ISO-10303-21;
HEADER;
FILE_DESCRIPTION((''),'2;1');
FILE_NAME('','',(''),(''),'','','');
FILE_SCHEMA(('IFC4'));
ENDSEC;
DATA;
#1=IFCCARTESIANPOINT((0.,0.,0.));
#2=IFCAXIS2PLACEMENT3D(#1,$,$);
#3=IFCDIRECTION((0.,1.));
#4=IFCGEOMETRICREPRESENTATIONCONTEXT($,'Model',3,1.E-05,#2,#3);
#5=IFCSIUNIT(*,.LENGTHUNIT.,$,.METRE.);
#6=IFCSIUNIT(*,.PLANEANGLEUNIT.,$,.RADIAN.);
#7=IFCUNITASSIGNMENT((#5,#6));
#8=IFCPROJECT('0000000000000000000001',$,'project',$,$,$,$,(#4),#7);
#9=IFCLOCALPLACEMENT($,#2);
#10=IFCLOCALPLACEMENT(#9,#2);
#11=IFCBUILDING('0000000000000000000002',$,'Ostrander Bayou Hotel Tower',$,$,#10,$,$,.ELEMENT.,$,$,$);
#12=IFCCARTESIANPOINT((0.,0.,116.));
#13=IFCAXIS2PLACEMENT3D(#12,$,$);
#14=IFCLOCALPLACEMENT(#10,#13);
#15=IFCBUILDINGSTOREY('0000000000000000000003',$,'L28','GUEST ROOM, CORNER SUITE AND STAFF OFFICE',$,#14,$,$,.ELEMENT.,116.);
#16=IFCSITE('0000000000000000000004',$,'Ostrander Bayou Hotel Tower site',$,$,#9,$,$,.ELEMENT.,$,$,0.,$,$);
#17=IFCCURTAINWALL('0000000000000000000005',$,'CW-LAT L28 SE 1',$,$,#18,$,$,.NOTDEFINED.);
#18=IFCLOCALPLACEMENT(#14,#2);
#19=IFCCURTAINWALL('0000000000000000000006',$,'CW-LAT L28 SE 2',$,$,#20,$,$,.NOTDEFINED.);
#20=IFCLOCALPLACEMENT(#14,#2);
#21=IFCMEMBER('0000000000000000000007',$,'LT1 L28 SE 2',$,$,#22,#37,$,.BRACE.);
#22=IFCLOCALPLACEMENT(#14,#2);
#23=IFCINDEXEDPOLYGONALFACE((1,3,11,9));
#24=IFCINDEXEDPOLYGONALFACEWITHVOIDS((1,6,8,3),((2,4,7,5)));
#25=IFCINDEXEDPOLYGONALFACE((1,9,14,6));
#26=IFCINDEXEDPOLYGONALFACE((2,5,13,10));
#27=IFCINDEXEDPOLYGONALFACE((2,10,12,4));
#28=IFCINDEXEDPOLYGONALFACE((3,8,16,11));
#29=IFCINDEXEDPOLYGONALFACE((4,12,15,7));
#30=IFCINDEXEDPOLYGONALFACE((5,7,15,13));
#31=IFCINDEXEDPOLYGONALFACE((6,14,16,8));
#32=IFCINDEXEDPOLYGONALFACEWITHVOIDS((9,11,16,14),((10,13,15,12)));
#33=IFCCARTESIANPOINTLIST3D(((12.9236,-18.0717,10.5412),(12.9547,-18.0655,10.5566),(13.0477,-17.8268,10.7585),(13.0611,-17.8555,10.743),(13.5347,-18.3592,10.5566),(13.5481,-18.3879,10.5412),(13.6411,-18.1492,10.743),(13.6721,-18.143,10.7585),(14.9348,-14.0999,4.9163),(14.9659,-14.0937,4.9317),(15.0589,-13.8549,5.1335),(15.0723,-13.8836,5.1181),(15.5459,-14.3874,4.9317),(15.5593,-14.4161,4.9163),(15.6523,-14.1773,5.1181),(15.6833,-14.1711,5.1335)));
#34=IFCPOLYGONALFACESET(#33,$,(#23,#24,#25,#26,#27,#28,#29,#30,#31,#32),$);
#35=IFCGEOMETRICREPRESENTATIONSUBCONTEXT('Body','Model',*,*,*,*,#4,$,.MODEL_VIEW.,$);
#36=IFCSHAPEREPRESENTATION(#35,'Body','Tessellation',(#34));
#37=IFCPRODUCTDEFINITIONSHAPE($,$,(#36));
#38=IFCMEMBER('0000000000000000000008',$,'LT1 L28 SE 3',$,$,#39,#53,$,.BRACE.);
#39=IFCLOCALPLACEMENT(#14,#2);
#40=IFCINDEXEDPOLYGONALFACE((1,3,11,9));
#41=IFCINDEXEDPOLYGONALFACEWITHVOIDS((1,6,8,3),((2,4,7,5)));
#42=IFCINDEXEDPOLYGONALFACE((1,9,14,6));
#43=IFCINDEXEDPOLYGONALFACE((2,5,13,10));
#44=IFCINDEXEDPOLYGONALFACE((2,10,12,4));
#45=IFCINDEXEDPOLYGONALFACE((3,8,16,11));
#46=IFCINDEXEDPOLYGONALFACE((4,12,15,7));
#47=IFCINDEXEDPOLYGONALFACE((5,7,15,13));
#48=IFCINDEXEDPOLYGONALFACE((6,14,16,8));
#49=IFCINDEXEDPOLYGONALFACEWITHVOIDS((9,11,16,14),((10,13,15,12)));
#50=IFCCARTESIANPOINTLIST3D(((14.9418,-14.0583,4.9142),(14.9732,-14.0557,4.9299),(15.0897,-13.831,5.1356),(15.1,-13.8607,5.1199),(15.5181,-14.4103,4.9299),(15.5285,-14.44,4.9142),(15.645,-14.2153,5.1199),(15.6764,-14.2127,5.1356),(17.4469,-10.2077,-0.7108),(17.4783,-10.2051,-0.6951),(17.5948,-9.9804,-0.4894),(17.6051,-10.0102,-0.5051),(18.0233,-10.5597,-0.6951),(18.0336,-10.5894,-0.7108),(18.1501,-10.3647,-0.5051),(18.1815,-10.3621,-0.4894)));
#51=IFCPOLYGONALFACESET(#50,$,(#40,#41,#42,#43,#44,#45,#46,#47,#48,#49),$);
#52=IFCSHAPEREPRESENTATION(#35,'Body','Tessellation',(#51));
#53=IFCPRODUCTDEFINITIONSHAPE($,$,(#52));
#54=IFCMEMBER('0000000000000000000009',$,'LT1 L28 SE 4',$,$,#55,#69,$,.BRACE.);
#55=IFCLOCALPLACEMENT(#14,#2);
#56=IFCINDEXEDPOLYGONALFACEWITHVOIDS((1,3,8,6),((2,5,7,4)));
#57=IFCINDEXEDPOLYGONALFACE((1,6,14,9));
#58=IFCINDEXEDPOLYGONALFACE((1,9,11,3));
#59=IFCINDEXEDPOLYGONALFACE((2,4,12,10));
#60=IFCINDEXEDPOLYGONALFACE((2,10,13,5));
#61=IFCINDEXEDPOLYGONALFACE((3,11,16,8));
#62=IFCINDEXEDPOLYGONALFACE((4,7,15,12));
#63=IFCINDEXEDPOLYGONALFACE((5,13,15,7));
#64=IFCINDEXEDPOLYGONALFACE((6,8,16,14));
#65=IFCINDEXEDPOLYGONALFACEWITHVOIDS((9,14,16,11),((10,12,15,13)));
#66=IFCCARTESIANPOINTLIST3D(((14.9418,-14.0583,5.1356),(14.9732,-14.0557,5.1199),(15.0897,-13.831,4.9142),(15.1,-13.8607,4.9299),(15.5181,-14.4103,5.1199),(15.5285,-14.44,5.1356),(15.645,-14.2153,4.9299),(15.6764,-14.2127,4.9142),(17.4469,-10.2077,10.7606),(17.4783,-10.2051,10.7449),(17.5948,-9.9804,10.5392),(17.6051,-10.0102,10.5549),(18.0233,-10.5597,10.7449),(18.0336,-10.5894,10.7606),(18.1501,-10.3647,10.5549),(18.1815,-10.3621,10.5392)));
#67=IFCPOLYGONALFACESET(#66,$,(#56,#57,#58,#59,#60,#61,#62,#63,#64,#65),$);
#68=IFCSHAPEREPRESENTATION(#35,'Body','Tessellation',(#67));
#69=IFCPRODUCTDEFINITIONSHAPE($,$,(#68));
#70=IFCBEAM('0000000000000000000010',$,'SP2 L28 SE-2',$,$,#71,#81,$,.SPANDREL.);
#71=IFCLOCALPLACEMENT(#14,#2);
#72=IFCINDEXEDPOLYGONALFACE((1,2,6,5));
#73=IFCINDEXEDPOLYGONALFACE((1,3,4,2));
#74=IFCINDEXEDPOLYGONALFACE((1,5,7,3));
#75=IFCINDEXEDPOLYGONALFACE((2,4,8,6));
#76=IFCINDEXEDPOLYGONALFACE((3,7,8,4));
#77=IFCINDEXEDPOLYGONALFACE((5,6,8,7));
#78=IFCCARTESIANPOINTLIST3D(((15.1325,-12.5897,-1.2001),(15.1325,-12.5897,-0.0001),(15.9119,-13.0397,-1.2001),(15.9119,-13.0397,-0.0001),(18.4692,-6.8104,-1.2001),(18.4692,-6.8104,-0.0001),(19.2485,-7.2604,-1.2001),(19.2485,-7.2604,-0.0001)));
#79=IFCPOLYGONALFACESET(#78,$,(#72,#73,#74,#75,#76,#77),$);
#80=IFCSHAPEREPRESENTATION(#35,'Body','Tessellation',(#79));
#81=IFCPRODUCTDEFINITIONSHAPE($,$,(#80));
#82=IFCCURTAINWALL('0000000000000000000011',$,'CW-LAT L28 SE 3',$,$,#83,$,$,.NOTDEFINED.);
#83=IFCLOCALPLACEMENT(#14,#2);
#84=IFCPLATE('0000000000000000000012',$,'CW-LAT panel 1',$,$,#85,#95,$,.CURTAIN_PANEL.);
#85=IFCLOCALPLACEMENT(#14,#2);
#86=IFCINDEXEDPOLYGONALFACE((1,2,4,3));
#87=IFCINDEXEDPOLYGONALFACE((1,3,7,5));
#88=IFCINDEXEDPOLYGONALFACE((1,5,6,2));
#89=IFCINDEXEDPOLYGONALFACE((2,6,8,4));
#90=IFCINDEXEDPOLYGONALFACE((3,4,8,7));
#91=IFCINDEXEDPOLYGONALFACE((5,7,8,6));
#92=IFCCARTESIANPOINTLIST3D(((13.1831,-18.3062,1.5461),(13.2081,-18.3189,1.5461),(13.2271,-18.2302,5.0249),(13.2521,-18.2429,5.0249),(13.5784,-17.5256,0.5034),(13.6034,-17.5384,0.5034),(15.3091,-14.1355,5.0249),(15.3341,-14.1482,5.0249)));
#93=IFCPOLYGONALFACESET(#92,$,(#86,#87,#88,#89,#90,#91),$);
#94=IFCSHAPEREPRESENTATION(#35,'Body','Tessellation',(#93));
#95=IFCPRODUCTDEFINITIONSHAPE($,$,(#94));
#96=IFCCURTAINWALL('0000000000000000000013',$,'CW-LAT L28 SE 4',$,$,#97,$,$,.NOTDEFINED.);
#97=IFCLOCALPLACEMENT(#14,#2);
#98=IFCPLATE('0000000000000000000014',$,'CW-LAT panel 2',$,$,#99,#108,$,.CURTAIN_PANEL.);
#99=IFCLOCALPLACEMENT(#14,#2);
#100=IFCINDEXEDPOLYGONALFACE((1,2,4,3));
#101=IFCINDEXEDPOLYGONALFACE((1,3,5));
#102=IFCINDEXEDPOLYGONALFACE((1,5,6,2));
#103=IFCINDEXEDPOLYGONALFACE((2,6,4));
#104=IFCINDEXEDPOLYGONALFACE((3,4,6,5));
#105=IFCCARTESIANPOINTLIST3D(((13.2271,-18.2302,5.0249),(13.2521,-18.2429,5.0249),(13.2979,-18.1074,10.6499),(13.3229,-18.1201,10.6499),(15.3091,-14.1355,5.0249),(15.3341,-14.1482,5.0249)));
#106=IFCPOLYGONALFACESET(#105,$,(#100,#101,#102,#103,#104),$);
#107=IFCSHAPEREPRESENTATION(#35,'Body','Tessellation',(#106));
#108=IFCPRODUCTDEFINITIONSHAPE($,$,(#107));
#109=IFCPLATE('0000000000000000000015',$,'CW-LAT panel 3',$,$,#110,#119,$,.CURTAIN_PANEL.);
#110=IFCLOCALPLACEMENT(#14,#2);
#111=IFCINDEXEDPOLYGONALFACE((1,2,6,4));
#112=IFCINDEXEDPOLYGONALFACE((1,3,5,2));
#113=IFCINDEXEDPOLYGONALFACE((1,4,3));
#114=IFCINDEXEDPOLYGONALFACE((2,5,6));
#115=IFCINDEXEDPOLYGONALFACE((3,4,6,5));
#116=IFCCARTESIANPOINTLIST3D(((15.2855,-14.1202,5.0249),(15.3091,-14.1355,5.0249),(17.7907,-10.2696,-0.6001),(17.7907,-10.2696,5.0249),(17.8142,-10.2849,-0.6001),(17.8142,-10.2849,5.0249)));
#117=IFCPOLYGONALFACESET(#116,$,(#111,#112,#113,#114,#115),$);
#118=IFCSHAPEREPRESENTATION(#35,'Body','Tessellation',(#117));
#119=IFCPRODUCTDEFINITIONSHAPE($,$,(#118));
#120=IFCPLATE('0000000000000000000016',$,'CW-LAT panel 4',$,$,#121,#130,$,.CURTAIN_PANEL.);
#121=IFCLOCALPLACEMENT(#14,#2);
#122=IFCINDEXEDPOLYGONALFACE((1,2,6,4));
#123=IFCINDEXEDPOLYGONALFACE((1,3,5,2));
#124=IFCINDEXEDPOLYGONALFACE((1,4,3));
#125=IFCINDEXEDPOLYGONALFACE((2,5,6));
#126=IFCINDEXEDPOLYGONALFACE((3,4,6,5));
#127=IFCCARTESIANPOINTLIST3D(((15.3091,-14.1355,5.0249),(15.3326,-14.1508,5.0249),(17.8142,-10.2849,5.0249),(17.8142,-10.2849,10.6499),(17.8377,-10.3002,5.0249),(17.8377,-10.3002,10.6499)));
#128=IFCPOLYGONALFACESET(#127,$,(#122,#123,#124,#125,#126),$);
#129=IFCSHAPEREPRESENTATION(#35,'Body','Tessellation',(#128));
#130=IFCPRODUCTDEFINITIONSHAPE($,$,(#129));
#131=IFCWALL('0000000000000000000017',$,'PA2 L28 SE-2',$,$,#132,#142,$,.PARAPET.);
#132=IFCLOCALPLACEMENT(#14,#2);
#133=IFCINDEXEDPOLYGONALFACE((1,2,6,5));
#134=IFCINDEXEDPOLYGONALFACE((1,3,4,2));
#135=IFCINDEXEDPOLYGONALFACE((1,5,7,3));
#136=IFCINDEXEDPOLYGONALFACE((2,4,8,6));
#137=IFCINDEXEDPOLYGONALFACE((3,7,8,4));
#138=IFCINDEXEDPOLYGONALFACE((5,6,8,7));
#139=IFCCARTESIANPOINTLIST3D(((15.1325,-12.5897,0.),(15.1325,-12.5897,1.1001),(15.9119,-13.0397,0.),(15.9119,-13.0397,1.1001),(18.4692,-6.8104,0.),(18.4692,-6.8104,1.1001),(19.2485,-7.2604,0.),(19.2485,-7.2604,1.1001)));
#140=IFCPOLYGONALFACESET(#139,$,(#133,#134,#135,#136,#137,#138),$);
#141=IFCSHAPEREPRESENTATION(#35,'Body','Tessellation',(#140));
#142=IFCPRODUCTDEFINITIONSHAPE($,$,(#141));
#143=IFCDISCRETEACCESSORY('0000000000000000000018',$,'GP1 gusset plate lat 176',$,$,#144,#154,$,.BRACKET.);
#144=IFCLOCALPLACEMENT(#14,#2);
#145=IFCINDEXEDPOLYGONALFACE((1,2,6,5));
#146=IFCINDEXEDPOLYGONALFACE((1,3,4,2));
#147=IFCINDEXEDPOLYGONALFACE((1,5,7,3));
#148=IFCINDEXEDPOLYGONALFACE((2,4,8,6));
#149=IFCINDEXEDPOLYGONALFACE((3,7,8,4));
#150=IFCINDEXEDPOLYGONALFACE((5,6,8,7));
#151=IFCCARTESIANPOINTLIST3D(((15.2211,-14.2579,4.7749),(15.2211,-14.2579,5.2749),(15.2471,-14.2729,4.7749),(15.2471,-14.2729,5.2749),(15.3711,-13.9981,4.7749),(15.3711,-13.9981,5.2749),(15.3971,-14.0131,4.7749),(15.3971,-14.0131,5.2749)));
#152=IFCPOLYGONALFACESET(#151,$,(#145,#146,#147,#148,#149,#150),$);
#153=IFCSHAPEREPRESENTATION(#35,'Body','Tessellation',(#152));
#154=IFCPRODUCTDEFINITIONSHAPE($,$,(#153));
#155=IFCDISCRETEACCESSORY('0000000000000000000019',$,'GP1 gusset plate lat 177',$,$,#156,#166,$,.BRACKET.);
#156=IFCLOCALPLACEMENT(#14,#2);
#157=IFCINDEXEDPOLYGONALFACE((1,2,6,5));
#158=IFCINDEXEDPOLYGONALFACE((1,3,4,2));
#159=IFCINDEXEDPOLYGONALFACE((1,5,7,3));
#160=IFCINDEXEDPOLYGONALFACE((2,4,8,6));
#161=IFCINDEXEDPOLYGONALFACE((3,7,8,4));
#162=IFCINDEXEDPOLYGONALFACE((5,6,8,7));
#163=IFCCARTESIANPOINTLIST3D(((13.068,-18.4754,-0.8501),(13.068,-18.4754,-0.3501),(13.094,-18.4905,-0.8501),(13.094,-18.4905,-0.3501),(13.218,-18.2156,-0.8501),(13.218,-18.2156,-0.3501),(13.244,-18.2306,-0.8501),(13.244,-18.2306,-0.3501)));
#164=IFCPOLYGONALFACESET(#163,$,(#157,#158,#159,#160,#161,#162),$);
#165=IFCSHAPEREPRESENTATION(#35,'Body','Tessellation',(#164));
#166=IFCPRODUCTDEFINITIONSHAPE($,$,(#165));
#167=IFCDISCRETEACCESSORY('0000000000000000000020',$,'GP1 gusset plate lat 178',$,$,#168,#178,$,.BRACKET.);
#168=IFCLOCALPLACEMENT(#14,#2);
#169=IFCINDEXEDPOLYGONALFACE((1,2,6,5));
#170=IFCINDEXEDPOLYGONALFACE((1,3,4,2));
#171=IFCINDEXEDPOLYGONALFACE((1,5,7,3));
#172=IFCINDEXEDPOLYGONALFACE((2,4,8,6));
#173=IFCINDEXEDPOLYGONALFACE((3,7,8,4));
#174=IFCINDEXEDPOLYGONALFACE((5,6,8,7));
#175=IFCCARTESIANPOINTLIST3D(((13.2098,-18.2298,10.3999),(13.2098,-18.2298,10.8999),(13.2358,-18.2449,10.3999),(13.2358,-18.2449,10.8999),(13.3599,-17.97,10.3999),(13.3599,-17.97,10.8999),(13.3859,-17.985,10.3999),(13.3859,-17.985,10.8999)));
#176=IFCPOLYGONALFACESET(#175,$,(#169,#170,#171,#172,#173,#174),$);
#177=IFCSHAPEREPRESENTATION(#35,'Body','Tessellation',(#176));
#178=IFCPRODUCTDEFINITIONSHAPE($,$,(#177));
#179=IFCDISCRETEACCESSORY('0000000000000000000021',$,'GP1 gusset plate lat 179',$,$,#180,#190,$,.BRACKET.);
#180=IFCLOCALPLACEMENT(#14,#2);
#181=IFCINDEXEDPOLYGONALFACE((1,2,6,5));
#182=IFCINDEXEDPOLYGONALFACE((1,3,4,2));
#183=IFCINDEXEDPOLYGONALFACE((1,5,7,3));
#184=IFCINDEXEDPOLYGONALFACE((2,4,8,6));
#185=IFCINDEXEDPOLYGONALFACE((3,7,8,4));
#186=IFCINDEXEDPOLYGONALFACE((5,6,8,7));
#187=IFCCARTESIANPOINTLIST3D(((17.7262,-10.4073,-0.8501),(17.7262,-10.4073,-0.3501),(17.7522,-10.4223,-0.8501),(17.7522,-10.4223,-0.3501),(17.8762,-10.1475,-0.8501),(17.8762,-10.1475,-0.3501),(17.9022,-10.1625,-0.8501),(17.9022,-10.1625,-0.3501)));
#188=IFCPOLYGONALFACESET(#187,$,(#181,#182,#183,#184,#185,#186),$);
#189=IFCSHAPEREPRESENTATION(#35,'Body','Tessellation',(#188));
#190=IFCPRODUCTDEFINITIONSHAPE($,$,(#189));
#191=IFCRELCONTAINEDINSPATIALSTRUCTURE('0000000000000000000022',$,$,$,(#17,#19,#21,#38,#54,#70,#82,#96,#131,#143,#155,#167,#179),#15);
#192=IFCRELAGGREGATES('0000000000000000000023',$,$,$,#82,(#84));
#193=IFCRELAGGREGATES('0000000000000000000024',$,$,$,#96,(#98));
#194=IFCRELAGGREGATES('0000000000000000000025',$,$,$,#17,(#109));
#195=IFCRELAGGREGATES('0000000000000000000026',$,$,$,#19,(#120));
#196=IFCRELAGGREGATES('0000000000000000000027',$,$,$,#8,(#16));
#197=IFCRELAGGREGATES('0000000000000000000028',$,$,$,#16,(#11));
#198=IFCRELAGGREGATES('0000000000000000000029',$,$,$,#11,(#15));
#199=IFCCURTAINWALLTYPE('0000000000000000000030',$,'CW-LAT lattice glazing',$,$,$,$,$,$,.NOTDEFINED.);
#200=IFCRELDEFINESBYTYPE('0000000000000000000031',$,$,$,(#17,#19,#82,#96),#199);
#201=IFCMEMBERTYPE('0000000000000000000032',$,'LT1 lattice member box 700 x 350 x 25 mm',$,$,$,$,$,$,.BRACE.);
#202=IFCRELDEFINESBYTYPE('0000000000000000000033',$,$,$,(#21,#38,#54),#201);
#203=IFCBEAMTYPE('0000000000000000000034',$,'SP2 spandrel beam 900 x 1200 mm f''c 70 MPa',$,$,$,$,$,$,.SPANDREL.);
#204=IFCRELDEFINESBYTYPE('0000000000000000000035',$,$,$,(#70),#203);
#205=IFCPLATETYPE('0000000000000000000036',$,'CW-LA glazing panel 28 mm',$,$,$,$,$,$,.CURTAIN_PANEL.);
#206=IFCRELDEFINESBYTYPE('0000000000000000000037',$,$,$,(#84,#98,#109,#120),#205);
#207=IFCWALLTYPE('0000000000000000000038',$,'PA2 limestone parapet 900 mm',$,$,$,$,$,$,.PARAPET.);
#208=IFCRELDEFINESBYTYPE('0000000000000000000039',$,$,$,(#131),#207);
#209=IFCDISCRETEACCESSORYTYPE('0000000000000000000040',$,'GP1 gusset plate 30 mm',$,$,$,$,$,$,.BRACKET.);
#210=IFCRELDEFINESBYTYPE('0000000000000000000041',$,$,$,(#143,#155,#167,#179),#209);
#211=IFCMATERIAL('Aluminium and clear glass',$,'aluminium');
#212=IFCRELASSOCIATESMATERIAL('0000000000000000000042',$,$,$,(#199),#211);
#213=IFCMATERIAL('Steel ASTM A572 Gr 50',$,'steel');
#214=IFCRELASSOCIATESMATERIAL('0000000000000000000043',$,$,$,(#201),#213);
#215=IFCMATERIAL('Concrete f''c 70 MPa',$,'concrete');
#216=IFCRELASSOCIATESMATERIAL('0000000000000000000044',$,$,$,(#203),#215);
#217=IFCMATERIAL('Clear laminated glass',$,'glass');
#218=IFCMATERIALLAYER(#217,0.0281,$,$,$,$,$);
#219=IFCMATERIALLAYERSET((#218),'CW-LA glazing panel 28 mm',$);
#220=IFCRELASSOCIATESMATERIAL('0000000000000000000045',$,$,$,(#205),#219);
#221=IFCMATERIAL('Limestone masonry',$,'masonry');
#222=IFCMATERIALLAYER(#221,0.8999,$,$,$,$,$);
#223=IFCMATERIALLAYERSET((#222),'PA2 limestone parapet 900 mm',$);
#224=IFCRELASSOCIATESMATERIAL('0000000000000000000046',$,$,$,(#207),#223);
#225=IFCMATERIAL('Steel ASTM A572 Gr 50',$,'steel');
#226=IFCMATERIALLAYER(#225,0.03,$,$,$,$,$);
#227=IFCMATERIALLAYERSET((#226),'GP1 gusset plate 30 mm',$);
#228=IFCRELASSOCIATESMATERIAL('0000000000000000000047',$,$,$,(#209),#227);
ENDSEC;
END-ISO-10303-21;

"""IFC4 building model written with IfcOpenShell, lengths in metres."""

from ifc_helpers import new_model, si_unit, direction, frame, frame_2d, origin, origin_2d, place, context, subcontext, project, spatial, polyline, rectangle, hollow_rectangle, outline, extrude, material, layer, layer_set, material_profile, profile_set, type_object, element, aggregate, save


model = new_model("IFC4")

# Units and contexts
model_context = context("Model", 3, precision=1e-05, world=origin(), true_north=direction((0.0, 1.0)))
body_context = subcontext(model_context, "Body", "Model", "MODEL_VIEW")
ifc_project = project(units=[si_unit("LENGTHUNIT", "METRE"), si_unit("PLANEANGLEUNIT", "RADIAN")], contexts=[model_context])

# Site, building, storey
site_placement = place(None, origin())
site = spatial("IfcSite", under=ifc_project, at=site_placement, Name="Ostrander Bayou Hotel Tower site", CompositionType="ELEMENT", RefElevation=0.0)
building_placement = place(site_placement, origin())
building = spatial("IfcBuilding", under=site, at=building_placement, Name="Ostrander Bayou Hotel Tower", CompositionType="ELEMENT")
storey_placement = place(building_placement, frame((0.0, 0.0, 116.0)))
storey = spatial("IfcBuildingStorey", under=building, at=storey_placement, Name="L28", Description="GUEST ROOM, CORNER SUITE AND STAFF OFFICE", CompositionType="ELEMENT", Elevation=116.0)

# Curtain walls
ifc_material_1 = material(Name="Aluminium and clear glass", Category="aluminium")
curtain_wall_type = type_object("IfcCurtainWallType", Name="CW-LAT lattice glazing", PredefinedType="NOTDEFINED", material=ifc_material_1)
curtain_wall_1_placement = place(storey_placement, origin())
curtain_wall_1 = element("IfcCurtainWall", 1, at=curtain_wall_1_placement, inside=storey, type_object=curtain_wall_type, Name="CW-LAT L28 SE 1", PredefinedType="NOTDEFINED")
curtain_wall_2_placement = place(storey_placement, origin())
curtain_wall_2 = element("IfcCurtainWall", 2, at=curtain_wall_2_placement, inside=storey, type_object=curtain_wall_type, Name="CW-LAT L28 SE 2", PredefinedType="NOTDEFINED")

# Members
ifc_material_2 = material(Name="Steel ASTM A572 Gr 50", Category="steel")
ifc_material_profile_1 = material_profile(ifc_material_2, hollow_rectangle(XDim=0.7, YDim=0.3501, WallThickness=0.0249, at=origin_2d()))
ifc_profile_set_1 = profile_set([ifc_material_profile_1], Name="Steel ASTM A572 Gr 50")
member_type_1 = type_object("IfcMemberType", Name="LT1 lattice member box 700 x 350 x 25 mm", PredefinedType="BRACE", material=ifc_profile_set_1)
member_1_placement = place(storey_placement, frame((15.3091, -14.1355, 5.0249), z_axis=(-0.280362, -0.553679, 0.784115), x_axis=(0.892145, -0.451748, 0.0)))
element("IfcMember", 3, at=member_1_placement, inside=storey, type_object=member_type_1, Name="LT1 L28 SE 2", PredefinedType="BRACE", context=body_context, shape_type="SweptSolid", body=[
    extrude(hollow_rectangle(XDim=0.7, YDim=0.3501, WallThickness=0.0249, at=origin_2d()), origin(), (0.0, 0.0, 1.0), 7.1736),
])
for number, where, z_axis, x_axis, name in (
    (4, (15.3091, -14.1355, 5.0249), (0.344942, 0.530204, -0.774531), (-0.83822, 0.545332, 0.0), "LT1 L28 SE 3"),
    (5, (15.3091, -14.1355, 5.0249), (0.344942, 0.530204, 0.774531), (-0.83822, 0.545332, 0.0), "LT1 L28 SE 4"),
):
    element("IfcMember", number, at=place(storey_placement, frame(where, z_axis=z_axis, x_axis=x_axis)), inside=storey, type_object=member_type_1, Name=name, PredefinedType="BRACE", context=body_context, shape_type="SweptSolid", body=[
        extrude(hollow_rectangle(XDim=0.7, YDim=0.3501, WallThickness=0.0249, at=origin_2d()), origin(), (0.0, 0.0, 1.0), 7.2625),
    ])

# Beam
ifc_material_3 = material(Name="Concrete f'c 70 MPa", Category="concrete")
ifc_material_profile_2 = material_profile(ifc_material_3, rectangle(XDim=0.8999, YDim=1.2, at=origin_2d()))
ifc_profile_set_2 = profile_set([ifc_material_profile_2], Name="Concrete f'c 70 MPa")
beam_type_1 = type_object("IfcBeamType", Name="SP2 spandrel beam 900 x 1200 mm f'c 70 MPa", PredefinedType="SPANDREL", material=ifc_profile_set_2)
beam_1_placement = place(storey_placement, frame((15.5222, -12.8147, -0.6001), z_axis=(0.499999, 0.866026, 0.0), x_axis=(-0.866026, 0.499999, 0.0)))
element("IfcBeam", 6, at=beam_1_placement, inside=storey, type_object=beam_type_1, Name="SP2 L28 SE-2", PredefinedType="SPANDREL", context=body_context, shape_type="SweptSolid", body=[
    extrude(rectangle(XDim=0.8999, YDim=1.2, at=origin_2d()), origin(), (0.0, 0.0, 1.0), 6.6733),
])

# Curtain walls, plates
curtain_wall_3_placement = place(storey_placement, origin())
curtain_wall_3 = element("IfcCurtainWall", 7, at=curtain_wall_3_placement, inside=storey, type_object=curtain_wall_type, Name="CW-LAT L28 SE 3", PredefinedType="NOTDEFINED")
ifc_material_4 = material(Name="Clear laminated glass", Category="glass")
ifc_layer_1 = layer(ifc_material_4, 0.0281)
ifc_layer_set_1 = layer_set([ifc_layer_1], Name="CW-LA glazing panel 28 mm")
plate_type = type_object("IfcPlateType", Name="CW-LA glazing panel 28 mm", PredefinedType="CURTAIN_PANEL", material=ifc_layer_set_1)
plate_1_placement = place(storey_placement, frame((13.5784, -17.5256, 0.5034), z_axis=(-0.891387, 0.45324, 0.001369), x_axis=(-0.290392, -0.573427, 0.766064)))
plate_1 = element("IfcPlate", 8, at=plate_1_placement, type_object=plate_type, Name="CW-LAT panel 1", PredefinedType="CURTAIN_PANEL", context=body_context, shape_type="SweptSolid", body=[
    extrude(outline(polyline([(0.0, 0.0), (1.3611, 0.0), (3.9698, 2.3031), (1.0172, 5.8222), (0.0, 0.0)])), origin(), (0.0, 0.0, -1.0), 0.0281),
])
aggregate(curtain_wall_3, [plate_1])
curtain_wall_4_placement = place(storey_placement, origin())
curtain_wall_4 = element("IfcCurtainWall", 9, at=curtain_wall_4_placement, inside=storey, type_object=curtain_wall_type, Name="CW-LAT L28 SE 4", PredefinedType="NOTDEFINED")
plate_2_placement = place(storey_placement, frame((15.3091, -14.1355, 5.0249), z_axis=(-0.891387, 0.453241, 0.001325), x_axis=(-0.280362, -0.553679, 0.784115)))
plate_2 = element("IfcPlate", 10, at=plate_2_placement, type_object=plate_type, Name="CW-LAT panel 2", PredefinedType="CURTAIN_PANEL", context=body_context, shape_type="SweptSolid", body=[
    extrude(outline(polyline([(0.0, 0.0), (7.1737, 0.0), (2.8509, -3.602), (0.0, 0.0)])), origin(), (0.0, 0.0, -1.0), 0.0281),
])
aggregate(curtain_wall_4, [plate_2])

# Plates
plate_3_placement = place(storey_placement, frame((15.3091, -14.1355, 5.0249), z_axis=(0.83822, -0.545332, 0.0), x_axis=(0.344942, 0.530204, -0.774531)))
plate_3 = element("IfcPlate", 11, at=plate_3_placement, type_object=plate_type, Name="CW-LAT panel 3", PredefinedType="CURTAIN_PANEL", context=body_context, shape_type="SweptSolid", body=[
    extrude(outline(polyline([(0.0, 0.0), (7.2625, 0.0), (2.9057, 3.558), (0.0, 0.0)])), origin(), (0.0, 0.0, -1.0), 0.0281),
])
aggregate(curtain_wall_1, [plate_3])
plate_4_placement = place(storey_placement, frame((15.3091, -14.1355, 5.0249), z_axis=(-0.83822, 0.545332, 0.0), x_axis=(0.344942, 0.530204, 0.774531)))
plate_4 = element("IfcPlate", 12, at=plate_4_placement, type_object=plate_type, Name="CW-LAT panel 4", PredefinedType="CURTAIN_PANEL", context=body_context, shape_type="SweptSolid", body=[
    extrude(outline(polyline([(0.0, 0.0), (7.2625, 0.0), (2.9057, 3.558), (0.0, 0.0)])), origin(), (0.0, 0.0, -1.0), 0.0281),
])
aggregate(curtain_wall_2, [plate_4])

# Wall
ifc_material_5 = material(Name="Limestone masonry", Category="masonry")
ifc_layer_2 = layer(ifc_material_5, 0.8999)
ifc_layer_set_2 = layer_set([ifc_layer_2], Name="PA2 limestone parapet 900 mm")
wall_type = type_object("IfcWallType", Name="PA2 limestone parapet 900 mm", PredefinedType="PARAPET", material=ifc_layer_set_2)
wall_placement = place(storey_placement, frame((15.5222, -12.8147, 0.0), z_axis=(0.0, 0.0, 1.0), x_axis=(0.499999, 0.866026, 0.0)))
element("IfcWall", 13, at=wall_placement, inside=storey, type_object=wall_type, Name="PA2 L28 SE-2", PredefinedType="PARAPET", context=body_context, shape_type="SweptSolid", body=[
    extrude(rectangle(XDim=6.6733, YDim=0.8999, at=frame_2d((3.3367, 0.0))), origin(), (0.0, 0.0, 1.0), 1.1001),
])

# Discrete accessories
ifc_material_6 = material(Name="Steel ASTM A572 Gr 50", Category="steel")
ifc_layer_3 = layer(ifc_material_6, 0.03)
ifc_layer_set_3 = layer_set([ifc_layer_3], Name="GP1 gusset plate 30 mm")
discrete_accessory_type = type_object("IfcDiscreteAccessoryType", Name="GP1 gusset plate 30 mm", PredefinedType="BRACKET", material=ifc_layer_set_3)
for number, where, z_axis, x_axis, name in (
    (14, (15.3091, -14.1355, 4.7749), (0.0, 0.0, 1.0), (0.5, 0.866025, 0.0), "GP1 gusset plate lat 176"),
    (15, (13.156, -18.353, -0.8501), (0.0, 0.0, 1.0), (0.5, 0.866025, 0.0), "GP1 gusset plate lat 177"),
    (16, (13.2979, -18.1074, 10.3999), (0.0, 0.0, 1.0), (0.5, 0.866025, 0.0), "GP1 gusset plate lat 178"),
    (17, (17.8142, -10.2849, -0.8501), (0.0, 0.0, 1.0), (0.5, 0.866025, 0.0), "GP1 gusset plate lat 179"),
):
    element("IfcDiscreteAccessory", number, at=place(storey_placement, frame(where, z_axis=z_axis, x_axis=x_axis)), inside=storey, type_object=discrete_accessory_type, Name=name, PredefinedType="BRACKET", context=body_context, shape_type="SweptSolid", body=[
        extrude(rectangle(XDim=0.3, YDim=0.03, at=origin_2d()), origin(), (0.0, 0.0, 1.0), 0.5),
    ])

save(model, "model.ifc")
